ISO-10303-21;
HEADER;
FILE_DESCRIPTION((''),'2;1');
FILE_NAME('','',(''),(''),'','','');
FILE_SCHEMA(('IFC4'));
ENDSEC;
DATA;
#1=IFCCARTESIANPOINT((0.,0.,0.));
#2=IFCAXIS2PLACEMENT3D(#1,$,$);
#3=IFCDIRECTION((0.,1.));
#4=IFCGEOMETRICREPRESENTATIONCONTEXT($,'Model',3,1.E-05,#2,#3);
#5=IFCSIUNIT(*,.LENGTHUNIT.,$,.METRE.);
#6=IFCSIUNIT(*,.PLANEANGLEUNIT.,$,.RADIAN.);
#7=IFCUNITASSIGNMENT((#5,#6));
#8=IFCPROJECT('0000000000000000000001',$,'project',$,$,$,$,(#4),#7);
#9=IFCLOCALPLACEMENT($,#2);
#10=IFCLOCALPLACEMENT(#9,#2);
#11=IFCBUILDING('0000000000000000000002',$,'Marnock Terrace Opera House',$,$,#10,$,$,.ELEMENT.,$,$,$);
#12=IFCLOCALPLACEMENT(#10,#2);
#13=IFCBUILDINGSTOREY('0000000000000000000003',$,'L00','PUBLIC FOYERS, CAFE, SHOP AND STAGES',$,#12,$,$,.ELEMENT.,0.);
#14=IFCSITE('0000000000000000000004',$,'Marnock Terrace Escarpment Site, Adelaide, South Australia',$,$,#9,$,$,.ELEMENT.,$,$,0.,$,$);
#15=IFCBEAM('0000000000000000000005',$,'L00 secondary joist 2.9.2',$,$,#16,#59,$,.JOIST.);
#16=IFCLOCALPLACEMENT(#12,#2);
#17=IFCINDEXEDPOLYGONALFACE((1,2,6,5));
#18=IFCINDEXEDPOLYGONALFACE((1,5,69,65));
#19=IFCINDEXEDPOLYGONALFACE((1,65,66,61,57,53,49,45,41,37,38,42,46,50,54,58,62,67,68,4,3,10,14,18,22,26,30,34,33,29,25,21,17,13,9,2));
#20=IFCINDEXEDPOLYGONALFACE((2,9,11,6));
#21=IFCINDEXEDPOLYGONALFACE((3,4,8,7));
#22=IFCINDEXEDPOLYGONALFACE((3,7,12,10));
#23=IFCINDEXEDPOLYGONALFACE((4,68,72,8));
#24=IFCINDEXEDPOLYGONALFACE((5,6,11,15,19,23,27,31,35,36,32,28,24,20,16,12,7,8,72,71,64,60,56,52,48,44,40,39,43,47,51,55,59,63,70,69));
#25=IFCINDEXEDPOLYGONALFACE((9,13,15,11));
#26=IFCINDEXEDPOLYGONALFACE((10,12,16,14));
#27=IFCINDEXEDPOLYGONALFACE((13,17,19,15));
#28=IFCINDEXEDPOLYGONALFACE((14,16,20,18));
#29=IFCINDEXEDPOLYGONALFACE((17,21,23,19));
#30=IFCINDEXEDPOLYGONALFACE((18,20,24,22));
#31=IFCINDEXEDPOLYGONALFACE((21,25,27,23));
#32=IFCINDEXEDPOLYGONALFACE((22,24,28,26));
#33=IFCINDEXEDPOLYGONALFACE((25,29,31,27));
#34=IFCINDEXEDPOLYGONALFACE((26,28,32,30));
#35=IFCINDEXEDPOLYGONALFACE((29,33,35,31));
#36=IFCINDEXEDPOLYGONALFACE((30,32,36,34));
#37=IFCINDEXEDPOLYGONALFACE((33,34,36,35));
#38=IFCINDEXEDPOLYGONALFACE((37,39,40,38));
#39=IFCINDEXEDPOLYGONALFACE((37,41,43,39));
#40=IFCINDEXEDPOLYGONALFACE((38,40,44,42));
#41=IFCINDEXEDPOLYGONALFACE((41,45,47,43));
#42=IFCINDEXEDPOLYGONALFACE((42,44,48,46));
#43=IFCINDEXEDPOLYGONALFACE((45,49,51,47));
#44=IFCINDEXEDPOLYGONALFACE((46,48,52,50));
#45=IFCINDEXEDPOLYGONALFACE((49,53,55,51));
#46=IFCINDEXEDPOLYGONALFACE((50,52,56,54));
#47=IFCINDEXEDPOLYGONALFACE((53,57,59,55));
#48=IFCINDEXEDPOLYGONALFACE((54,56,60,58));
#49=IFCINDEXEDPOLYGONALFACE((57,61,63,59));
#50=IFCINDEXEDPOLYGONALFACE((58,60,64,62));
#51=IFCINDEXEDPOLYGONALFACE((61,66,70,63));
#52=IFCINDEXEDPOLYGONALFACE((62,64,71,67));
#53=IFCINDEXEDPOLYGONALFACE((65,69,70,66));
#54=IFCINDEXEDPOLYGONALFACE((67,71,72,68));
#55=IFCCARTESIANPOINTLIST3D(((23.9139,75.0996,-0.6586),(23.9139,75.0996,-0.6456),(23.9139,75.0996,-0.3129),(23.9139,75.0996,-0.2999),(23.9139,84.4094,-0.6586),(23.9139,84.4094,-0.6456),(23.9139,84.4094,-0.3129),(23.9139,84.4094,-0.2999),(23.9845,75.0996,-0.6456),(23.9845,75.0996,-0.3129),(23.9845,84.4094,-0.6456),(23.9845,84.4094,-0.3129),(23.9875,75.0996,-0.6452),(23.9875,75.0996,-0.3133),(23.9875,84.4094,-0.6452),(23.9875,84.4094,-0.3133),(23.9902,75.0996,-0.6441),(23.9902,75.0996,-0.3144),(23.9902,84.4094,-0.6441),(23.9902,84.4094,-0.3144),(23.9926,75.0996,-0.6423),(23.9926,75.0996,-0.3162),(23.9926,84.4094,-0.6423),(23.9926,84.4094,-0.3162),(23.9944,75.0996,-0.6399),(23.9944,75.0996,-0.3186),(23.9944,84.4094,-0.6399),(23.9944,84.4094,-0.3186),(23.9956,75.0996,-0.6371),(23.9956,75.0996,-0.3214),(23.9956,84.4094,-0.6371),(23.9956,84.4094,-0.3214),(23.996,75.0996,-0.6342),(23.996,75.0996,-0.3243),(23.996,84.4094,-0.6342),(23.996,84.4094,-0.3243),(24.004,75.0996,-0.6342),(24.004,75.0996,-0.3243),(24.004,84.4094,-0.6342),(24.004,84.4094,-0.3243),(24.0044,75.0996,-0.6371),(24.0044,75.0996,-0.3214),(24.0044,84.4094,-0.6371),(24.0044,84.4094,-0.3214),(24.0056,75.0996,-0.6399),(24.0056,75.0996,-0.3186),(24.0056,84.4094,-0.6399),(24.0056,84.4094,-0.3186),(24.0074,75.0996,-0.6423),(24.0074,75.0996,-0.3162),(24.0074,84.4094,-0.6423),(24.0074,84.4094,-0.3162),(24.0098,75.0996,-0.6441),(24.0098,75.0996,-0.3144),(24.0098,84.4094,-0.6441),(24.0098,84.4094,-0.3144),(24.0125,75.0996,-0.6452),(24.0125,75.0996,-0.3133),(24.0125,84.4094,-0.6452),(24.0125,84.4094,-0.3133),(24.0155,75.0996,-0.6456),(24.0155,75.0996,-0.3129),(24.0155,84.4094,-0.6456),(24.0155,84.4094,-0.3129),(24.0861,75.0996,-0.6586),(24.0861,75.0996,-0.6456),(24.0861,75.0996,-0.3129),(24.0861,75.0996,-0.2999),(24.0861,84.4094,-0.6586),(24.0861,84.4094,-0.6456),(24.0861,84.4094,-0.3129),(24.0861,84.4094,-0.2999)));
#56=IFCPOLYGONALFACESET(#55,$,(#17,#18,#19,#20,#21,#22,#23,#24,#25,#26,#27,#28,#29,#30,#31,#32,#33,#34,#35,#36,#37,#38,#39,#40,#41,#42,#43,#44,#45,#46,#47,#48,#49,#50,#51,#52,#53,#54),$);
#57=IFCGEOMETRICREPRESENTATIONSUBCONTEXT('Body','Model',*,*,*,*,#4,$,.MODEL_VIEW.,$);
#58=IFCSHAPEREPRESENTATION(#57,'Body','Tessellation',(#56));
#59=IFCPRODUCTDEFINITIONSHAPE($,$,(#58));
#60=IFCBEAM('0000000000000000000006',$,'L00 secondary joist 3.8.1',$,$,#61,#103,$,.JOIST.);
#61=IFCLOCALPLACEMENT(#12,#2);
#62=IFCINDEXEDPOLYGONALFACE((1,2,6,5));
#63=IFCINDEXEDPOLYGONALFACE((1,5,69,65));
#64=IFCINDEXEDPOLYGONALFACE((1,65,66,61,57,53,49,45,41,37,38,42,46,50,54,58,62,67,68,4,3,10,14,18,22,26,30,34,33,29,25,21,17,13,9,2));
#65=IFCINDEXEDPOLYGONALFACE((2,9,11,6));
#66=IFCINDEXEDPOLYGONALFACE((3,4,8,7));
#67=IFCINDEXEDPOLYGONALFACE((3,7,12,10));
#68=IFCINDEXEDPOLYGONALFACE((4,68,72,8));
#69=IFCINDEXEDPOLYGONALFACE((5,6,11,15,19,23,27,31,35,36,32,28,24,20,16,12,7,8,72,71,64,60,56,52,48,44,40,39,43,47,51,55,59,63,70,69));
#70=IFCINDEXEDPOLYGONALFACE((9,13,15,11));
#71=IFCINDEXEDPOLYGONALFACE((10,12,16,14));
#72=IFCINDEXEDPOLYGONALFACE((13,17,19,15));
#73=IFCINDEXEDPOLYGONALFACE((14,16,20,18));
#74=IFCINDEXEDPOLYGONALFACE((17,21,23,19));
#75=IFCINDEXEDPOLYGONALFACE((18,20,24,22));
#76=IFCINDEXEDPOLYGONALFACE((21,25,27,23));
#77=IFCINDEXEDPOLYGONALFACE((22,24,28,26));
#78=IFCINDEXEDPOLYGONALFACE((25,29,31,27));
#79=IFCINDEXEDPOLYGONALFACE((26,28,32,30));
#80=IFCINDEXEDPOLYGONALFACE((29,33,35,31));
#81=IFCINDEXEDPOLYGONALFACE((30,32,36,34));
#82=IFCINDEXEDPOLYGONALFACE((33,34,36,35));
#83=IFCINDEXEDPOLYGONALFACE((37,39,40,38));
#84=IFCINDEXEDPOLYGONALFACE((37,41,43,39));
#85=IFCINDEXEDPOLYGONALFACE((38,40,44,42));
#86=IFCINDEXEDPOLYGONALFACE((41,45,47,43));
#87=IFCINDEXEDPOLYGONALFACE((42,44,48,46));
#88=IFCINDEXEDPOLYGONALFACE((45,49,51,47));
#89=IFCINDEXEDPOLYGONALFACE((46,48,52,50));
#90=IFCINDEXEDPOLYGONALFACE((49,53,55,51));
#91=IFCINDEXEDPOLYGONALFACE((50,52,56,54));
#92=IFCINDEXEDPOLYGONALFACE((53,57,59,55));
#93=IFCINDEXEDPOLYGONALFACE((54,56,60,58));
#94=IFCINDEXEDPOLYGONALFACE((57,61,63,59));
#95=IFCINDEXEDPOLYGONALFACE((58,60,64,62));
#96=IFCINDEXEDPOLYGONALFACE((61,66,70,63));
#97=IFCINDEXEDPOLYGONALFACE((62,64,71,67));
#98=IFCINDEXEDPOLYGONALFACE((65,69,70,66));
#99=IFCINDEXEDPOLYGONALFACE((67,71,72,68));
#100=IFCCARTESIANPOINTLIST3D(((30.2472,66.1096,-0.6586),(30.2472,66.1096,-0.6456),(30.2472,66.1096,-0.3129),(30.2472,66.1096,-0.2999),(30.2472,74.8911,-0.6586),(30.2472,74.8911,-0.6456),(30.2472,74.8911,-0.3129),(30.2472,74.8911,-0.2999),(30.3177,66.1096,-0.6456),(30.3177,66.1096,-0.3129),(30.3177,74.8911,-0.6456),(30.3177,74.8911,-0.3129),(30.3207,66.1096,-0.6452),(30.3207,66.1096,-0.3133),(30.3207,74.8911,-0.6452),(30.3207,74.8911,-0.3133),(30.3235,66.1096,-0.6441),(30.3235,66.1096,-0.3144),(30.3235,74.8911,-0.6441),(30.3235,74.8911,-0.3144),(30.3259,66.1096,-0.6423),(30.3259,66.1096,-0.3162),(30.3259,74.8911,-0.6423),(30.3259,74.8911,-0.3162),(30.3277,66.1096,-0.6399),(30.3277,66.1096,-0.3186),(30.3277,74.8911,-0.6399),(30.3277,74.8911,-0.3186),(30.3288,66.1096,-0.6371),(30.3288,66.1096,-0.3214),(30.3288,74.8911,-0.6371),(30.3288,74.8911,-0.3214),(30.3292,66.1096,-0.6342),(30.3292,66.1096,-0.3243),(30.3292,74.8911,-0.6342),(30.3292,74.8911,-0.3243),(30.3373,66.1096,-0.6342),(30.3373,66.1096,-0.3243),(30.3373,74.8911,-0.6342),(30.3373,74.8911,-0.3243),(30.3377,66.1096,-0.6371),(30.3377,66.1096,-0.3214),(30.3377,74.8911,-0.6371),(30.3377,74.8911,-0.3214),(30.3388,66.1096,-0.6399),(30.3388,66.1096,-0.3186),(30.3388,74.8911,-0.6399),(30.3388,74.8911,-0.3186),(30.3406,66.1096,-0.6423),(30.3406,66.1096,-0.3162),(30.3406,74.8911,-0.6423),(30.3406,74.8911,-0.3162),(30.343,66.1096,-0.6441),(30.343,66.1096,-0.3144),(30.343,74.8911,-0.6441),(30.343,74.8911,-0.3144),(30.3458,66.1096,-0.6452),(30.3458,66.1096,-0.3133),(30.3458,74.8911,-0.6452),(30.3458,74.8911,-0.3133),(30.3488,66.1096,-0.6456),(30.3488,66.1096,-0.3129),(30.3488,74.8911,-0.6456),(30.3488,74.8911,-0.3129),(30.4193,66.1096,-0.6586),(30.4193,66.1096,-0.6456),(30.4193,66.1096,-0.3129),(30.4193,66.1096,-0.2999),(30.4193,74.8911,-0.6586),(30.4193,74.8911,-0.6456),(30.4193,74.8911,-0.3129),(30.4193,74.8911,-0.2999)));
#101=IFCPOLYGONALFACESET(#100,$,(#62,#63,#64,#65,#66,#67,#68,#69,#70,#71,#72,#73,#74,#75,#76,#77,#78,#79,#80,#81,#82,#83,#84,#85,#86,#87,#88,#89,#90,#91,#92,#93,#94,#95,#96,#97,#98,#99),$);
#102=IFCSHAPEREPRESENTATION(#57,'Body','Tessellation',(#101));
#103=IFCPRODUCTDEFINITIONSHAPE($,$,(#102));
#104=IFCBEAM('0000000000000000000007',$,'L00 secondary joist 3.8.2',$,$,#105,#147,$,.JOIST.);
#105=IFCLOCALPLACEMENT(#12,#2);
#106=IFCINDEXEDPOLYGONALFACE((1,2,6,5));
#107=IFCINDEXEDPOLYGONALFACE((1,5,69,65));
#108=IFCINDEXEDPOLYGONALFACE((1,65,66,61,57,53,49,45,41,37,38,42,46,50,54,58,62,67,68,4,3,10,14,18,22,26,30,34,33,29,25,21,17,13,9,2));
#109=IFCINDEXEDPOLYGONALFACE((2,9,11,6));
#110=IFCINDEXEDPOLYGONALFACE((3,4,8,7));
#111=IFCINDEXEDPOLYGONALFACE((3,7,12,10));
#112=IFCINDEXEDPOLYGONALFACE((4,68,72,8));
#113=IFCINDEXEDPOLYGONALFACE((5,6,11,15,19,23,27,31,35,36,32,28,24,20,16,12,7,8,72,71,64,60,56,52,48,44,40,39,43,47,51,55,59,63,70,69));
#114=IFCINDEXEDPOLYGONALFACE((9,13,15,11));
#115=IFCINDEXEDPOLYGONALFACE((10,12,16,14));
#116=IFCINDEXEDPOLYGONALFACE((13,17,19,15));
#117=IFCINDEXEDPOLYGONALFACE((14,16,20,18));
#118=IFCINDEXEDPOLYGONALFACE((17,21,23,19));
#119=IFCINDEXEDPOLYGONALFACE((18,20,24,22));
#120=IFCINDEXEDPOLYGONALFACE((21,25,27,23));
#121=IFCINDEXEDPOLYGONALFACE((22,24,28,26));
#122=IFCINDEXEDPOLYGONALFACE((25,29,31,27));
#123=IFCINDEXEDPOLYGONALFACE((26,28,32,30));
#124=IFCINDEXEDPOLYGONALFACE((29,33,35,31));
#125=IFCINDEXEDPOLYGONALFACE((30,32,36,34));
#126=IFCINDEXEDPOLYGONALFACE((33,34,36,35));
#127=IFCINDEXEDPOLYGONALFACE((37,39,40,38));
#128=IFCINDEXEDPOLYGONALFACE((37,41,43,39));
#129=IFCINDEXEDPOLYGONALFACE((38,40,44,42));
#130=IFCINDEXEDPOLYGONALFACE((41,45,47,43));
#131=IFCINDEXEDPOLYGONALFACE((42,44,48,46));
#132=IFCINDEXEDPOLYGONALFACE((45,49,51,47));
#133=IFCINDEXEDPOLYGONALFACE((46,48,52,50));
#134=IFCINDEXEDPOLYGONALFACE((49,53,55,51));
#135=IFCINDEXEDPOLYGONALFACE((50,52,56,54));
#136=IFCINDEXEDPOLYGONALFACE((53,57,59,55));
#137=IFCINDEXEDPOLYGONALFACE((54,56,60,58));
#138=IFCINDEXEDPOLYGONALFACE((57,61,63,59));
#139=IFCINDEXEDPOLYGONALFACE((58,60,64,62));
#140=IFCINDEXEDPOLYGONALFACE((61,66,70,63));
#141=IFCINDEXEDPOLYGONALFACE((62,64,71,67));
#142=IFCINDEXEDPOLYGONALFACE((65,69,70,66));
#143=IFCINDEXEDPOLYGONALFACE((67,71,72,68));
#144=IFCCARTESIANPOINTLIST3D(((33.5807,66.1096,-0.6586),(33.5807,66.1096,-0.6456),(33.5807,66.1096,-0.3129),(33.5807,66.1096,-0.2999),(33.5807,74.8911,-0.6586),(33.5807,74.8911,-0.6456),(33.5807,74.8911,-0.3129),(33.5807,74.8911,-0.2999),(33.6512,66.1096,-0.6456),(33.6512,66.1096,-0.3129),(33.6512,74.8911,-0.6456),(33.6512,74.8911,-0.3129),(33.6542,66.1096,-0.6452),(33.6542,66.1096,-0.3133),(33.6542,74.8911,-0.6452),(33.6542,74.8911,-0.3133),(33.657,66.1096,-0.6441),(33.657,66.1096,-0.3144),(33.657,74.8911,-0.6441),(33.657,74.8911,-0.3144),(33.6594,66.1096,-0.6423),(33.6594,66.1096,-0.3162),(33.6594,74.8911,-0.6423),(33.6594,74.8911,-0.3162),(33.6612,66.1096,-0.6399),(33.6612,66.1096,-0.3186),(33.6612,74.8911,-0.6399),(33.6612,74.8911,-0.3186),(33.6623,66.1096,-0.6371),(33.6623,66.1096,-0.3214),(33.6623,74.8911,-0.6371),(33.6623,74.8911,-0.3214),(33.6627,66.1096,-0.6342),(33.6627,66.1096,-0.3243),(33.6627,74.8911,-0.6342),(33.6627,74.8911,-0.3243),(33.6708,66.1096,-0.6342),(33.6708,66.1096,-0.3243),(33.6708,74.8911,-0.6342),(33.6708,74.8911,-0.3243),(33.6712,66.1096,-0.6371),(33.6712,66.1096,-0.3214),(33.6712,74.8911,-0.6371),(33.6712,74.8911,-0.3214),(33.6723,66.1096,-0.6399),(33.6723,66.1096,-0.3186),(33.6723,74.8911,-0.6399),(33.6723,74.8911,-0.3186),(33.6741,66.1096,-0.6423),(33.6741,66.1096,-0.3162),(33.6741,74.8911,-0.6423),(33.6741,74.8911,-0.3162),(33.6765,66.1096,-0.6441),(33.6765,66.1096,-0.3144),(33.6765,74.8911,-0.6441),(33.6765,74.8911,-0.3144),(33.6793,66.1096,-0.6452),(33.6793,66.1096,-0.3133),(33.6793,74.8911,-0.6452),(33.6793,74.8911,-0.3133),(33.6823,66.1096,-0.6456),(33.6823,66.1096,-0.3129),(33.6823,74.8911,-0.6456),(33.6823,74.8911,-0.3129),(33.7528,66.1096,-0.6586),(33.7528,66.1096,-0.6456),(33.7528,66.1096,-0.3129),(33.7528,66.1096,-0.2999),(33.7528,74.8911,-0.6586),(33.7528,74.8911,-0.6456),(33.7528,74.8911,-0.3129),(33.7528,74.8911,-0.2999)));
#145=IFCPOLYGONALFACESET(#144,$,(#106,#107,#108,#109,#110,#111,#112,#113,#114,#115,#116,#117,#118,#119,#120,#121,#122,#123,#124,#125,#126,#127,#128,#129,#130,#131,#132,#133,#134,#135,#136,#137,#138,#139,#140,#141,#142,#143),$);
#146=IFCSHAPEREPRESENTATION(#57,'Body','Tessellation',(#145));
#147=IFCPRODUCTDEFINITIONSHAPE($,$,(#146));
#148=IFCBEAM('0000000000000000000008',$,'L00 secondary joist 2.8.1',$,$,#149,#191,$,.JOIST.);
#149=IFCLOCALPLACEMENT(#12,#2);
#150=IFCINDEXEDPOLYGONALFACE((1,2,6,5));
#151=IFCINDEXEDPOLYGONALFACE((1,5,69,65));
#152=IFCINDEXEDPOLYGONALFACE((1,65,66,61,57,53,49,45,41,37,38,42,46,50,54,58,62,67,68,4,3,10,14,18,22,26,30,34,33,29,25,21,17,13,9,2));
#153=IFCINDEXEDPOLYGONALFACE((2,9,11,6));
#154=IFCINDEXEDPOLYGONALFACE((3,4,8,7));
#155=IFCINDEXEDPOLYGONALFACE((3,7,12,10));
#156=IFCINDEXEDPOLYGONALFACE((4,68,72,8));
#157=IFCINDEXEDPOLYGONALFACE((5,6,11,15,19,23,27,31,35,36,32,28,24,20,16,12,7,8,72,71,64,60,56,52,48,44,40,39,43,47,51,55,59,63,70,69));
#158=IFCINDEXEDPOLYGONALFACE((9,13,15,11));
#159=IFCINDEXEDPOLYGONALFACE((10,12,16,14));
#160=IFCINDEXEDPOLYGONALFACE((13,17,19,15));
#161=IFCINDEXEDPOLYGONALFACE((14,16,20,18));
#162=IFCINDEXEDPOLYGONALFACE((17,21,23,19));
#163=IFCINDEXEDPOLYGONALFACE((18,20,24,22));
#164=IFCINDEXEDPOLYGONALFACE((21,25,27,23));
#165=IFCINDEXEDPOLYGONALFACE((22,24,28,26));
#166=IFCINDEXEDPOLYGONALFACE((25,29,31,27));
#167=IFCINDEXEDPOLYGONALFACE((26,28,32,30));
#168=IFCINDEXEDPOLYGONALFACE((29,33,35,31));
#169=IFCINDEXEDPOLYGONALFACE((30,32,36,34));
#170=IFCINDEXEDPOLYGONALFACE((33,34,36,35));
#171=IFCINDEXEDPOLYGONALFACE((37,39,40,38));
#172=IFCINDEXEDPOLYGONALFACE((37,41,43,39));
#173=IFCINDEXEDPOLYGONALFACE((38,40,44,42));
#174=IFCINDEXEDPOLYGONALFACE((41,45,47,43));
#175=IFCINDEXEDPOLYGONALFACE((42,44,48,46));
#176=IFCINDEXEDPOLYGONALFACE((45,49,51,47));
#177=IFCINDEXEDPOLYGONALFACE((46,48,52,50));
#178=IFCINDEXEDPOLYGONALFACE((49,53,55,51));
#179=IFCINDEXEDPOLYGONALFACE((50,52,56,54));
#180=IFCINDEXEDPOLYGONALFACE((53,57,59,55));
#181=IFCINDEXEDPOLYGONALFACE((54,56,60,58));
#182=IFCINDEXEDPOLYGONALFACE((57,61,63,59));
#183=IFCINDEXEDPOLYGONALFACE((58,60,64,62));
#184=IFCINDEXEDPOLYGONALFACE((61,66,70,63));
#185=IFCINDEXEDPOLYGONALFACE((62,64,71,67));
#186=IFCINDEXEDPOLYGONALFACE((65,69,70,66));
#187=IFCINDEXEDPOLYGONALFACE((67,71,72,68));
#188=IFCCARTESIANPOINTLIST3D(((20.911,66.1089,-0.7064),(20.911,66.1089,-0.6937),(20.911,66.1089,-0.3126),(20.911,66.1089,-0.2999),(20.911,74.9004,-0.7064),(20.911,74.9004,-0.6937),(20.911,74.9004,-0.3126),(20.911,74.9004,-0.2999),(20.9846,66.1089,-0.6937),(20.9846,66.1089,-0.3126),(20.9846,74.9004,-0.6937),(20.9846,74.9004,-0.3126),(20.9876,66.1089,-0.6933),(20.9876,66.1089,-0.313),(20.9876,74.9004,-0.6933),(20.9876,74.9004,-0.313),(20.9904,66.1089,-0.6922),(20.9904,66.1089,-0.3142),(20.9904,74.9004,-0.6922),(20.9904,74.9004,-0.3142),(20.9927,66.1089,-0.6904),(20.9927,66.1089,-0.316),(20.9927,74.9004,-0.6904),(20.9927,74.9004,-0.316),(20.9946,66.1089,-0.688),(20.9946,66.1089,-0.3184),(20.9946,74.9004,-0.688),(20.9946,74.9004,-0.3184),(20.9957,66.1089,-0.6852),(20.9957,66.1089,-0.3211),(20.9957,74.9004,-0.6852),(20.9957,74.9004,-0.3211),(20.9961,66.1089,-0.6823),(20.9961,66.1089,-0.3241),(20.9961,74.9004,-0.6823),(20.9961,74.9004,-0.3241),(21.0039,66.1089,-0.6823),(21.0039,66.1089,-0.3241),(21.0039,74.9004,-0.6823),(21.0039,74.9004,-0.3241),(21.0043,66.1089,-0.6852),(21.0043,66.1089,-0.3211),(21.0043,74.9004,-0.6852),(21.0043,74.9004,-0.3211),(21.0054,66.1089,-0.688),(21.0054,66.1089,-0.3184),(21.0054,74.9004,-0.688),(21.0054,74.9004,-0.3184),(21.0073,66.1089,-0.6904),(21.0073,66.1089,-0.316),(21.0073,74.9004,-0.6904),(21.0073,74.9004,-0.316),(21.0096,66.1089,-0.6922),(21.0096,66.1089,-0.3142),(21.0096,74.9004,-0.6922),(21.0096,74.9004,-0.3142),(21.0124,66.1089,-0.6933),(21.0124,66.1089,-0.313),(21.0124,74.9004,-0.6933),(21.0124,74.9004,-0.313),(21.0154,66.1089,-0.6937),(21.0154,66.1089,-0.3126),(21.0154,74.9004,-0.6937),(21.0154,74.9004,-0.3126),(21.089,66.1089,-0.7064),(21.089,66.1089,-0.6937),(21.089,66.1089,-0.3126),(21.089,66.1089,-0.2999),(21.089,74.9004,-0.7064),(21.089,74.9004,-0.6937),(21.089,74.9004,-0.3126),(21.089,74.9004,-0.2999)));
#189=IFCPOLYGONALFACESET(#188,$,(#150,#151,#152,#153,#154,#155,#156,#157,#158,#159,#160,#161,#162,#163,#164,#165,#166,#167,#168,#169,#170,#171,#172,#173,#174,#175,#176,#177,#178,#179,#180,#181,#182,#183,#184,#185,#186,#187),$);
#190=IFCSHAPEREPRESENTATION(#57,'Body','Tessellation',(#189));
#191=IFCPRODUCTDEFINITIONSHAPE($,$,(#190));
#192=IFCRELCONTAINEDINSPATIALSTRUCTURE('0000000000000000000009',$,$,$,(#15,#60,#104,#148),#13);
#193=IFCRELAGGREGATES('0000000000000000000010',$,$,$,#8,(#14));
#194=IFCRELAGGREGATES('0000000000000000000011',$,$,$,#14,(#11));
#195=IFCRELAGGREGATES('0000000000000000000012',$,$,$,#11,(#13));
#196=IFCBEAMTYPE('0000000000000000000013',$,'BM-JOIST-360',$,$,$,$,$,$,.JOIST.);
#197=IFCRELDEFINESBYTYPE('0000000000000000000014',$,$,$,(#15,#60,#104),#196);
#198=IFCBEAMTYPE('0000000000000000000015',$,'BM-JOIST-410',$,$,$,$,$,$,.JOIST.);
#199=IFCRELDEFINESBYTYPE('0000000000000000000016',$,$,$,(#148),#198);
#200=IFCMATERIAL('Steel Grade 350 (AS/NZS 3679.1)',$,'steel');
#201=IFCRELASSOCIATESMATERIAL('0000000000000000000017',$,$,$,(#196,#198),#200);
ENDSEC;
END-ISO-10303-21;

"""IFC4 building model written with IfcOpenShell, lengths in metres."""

from ifc_helpers import new_model, si_unit, direction, frame, origin, origin_2d, place, context, subcontext, project, spatial, i_section, extrude, material, material_profile, profile_set, type_object, element, save


model = new_model("IFC4")

# Units and contexts
model_context = context("Model", 3, precision=1e-05, world=origin(), true_north=direction((0.0, 1.0)))
body_context = subcontext(model_context, "Body", "Model", "MODEL_VIEW")
ifc_project = project(units=[si_unit("LENGTHUNIT", "METRE"), si_unit("PLANEANGLEUNIT", "RADIAN")], contexts=[model_context])

# Site, building, storey
site_placement = place(None, origin())
site = spatial("IfcSite", under=ifc_project, at=site_placement, Name="Marnock Terrace Escarpment Site, Adelaide, South Australia", CompositionType="ELEMENT", RefElevation=0.0)
building_placement = place(site_placement, origin())
building = spatial("IfcBuilding", under=site, at=building_placement, Name="Marnock Terrace Opera House", CompositionType="ELEMENT")
storey_placement = place(building_placement, origin())
storey = spatial("IfcBuildingStorey", under=building, at=storey_placement, Name="L00", Description="PUBLIC FOYERS, CAFE, SHOP AND STAGES", CompositionType="ELEMENT", Elevation=0.0)

# Shared definitions
ifc_material_1 = material(Name="Steel Grade 350 (AS/NZS 3679.1)", Category="steel")

# Beams
ifc_material_profile_1 = material_profile(ifc_material_1, i_section(OverallWidth=0.1721, OverallDepth=0.3586, WebThickness=0.0081, FlangeThickness=0.0129, FilletRadius=0.0115, at=origin_2d()))
ifc_profile_set_1 = profile_set([ifc_material_profile_1], Name="Steel Grade 350 (AS/NZS 3679.1)")
beam_type_1 = type_object("IfcBeamType", Name="BM-JOIST-360", PredefinedType="JOIST", material=ifc_profile_set_1)
for number, where, z_axis, x_axis, name in (
    (1, (24.0, 75.0996, -0.4792), (0.0, 1.0, 0.0), (-1.0, 0.0, 0.0), "L00 secondary joist 2.9.2"),
):
    element("IfcBeam", number, at=place(storey_placement, frame(where, z_axis=z_axis, x_axis=x_axis)), inside=storey, type_object=beam_type_1, Name=name, PredefinedType="JOIST", context=body_context, shape_type="SweptSolid", body=[
        extrude(i_section(OverallWidth=0.1721, OverallDepth=0.3586, WebThickness=0.0081, FlangeThickness=0.0129, FilletRadius=0.0115, at=origin_2d()), origin(), (0.0, 0.0, 1.0), 9.3098),
    ])
for number, where, z_axis, x_axis, name in (
    (2, (30.3333, 66.1096, -0.4792), (0.0, 1.0, 0.0), (-1.0, 0.0, 0.0), "L00 secondary joist 3.8.1"),
    (3, (33.6667, 66.1096, -0.4792), (0.0, 1.0, 0.0), (-1.0, 0.0, 0.0), "L00 secondary joist 3.8.2"),
):
    element("IfcBeam", number, at=place(storey_placement, frame(where, z_axis=z_axis, x_axis=x_axis)), inside=storey, type_object=beam_type_1, Name=name, PredefinedType="JOIST", context=body_context, shape_type="SweptSolid", body=[
        extrude(i_section(OverallWidth=0.1721, OverallDepth=0.3586, WebThickness=0.0081, FlangeThickness=0.0129, FilletRadius=0.0115, at=origin_2d()), origin(), (0.0, 0.0, 1.0), 8.7815),
    ])
ifc_material_profile_2 = material_profile(ifc_material_1, i_section(OverallWidth=0.178, OverallDepth=0.4065, WebThickness=0.0078, FlangeThickness=0.0127, FilletRadius=0.0115, at=origin_2d()))
ifc_profile_set_2 = profile_set([ifc_material_profile_2], Name="Steel Grade 350 (AS/NZS 3679.1)")
beam_type_2 = type_object("IfcBeamType", Name="BM-JOIST-410", PredefinedType="JOIST", material=ifc_profile_set_2)
for number, where, z_axis, x_axis, name in (
    (4, (21.0, 66.1089, -0.5032), (0.0, 1.0, 0.0), (-1.0, 0.0, 0.0), "L00 secondary joist 2.8.1"),
):
    element("IfcBeam", number, at=place(storey_placement, frame(where, z_axis=z_axis, x_axis=x_axis)), inside=storey, type_object=beam_type_2, Name=name, PredefinedType="JOIST", context=body_context, shape_type="SweptSolid", body=[
        extrude(i_section(OverallWidth=0.178, OverallDepth=0.4065, WebThickness=0.0078, FlangeThickness=0.0127, FilletRadius=0.0115, at=origin_2d()), origin(), (0.0, 0.0, 1.0), 8.7915),
    ])

save(model, "model.ifc")
